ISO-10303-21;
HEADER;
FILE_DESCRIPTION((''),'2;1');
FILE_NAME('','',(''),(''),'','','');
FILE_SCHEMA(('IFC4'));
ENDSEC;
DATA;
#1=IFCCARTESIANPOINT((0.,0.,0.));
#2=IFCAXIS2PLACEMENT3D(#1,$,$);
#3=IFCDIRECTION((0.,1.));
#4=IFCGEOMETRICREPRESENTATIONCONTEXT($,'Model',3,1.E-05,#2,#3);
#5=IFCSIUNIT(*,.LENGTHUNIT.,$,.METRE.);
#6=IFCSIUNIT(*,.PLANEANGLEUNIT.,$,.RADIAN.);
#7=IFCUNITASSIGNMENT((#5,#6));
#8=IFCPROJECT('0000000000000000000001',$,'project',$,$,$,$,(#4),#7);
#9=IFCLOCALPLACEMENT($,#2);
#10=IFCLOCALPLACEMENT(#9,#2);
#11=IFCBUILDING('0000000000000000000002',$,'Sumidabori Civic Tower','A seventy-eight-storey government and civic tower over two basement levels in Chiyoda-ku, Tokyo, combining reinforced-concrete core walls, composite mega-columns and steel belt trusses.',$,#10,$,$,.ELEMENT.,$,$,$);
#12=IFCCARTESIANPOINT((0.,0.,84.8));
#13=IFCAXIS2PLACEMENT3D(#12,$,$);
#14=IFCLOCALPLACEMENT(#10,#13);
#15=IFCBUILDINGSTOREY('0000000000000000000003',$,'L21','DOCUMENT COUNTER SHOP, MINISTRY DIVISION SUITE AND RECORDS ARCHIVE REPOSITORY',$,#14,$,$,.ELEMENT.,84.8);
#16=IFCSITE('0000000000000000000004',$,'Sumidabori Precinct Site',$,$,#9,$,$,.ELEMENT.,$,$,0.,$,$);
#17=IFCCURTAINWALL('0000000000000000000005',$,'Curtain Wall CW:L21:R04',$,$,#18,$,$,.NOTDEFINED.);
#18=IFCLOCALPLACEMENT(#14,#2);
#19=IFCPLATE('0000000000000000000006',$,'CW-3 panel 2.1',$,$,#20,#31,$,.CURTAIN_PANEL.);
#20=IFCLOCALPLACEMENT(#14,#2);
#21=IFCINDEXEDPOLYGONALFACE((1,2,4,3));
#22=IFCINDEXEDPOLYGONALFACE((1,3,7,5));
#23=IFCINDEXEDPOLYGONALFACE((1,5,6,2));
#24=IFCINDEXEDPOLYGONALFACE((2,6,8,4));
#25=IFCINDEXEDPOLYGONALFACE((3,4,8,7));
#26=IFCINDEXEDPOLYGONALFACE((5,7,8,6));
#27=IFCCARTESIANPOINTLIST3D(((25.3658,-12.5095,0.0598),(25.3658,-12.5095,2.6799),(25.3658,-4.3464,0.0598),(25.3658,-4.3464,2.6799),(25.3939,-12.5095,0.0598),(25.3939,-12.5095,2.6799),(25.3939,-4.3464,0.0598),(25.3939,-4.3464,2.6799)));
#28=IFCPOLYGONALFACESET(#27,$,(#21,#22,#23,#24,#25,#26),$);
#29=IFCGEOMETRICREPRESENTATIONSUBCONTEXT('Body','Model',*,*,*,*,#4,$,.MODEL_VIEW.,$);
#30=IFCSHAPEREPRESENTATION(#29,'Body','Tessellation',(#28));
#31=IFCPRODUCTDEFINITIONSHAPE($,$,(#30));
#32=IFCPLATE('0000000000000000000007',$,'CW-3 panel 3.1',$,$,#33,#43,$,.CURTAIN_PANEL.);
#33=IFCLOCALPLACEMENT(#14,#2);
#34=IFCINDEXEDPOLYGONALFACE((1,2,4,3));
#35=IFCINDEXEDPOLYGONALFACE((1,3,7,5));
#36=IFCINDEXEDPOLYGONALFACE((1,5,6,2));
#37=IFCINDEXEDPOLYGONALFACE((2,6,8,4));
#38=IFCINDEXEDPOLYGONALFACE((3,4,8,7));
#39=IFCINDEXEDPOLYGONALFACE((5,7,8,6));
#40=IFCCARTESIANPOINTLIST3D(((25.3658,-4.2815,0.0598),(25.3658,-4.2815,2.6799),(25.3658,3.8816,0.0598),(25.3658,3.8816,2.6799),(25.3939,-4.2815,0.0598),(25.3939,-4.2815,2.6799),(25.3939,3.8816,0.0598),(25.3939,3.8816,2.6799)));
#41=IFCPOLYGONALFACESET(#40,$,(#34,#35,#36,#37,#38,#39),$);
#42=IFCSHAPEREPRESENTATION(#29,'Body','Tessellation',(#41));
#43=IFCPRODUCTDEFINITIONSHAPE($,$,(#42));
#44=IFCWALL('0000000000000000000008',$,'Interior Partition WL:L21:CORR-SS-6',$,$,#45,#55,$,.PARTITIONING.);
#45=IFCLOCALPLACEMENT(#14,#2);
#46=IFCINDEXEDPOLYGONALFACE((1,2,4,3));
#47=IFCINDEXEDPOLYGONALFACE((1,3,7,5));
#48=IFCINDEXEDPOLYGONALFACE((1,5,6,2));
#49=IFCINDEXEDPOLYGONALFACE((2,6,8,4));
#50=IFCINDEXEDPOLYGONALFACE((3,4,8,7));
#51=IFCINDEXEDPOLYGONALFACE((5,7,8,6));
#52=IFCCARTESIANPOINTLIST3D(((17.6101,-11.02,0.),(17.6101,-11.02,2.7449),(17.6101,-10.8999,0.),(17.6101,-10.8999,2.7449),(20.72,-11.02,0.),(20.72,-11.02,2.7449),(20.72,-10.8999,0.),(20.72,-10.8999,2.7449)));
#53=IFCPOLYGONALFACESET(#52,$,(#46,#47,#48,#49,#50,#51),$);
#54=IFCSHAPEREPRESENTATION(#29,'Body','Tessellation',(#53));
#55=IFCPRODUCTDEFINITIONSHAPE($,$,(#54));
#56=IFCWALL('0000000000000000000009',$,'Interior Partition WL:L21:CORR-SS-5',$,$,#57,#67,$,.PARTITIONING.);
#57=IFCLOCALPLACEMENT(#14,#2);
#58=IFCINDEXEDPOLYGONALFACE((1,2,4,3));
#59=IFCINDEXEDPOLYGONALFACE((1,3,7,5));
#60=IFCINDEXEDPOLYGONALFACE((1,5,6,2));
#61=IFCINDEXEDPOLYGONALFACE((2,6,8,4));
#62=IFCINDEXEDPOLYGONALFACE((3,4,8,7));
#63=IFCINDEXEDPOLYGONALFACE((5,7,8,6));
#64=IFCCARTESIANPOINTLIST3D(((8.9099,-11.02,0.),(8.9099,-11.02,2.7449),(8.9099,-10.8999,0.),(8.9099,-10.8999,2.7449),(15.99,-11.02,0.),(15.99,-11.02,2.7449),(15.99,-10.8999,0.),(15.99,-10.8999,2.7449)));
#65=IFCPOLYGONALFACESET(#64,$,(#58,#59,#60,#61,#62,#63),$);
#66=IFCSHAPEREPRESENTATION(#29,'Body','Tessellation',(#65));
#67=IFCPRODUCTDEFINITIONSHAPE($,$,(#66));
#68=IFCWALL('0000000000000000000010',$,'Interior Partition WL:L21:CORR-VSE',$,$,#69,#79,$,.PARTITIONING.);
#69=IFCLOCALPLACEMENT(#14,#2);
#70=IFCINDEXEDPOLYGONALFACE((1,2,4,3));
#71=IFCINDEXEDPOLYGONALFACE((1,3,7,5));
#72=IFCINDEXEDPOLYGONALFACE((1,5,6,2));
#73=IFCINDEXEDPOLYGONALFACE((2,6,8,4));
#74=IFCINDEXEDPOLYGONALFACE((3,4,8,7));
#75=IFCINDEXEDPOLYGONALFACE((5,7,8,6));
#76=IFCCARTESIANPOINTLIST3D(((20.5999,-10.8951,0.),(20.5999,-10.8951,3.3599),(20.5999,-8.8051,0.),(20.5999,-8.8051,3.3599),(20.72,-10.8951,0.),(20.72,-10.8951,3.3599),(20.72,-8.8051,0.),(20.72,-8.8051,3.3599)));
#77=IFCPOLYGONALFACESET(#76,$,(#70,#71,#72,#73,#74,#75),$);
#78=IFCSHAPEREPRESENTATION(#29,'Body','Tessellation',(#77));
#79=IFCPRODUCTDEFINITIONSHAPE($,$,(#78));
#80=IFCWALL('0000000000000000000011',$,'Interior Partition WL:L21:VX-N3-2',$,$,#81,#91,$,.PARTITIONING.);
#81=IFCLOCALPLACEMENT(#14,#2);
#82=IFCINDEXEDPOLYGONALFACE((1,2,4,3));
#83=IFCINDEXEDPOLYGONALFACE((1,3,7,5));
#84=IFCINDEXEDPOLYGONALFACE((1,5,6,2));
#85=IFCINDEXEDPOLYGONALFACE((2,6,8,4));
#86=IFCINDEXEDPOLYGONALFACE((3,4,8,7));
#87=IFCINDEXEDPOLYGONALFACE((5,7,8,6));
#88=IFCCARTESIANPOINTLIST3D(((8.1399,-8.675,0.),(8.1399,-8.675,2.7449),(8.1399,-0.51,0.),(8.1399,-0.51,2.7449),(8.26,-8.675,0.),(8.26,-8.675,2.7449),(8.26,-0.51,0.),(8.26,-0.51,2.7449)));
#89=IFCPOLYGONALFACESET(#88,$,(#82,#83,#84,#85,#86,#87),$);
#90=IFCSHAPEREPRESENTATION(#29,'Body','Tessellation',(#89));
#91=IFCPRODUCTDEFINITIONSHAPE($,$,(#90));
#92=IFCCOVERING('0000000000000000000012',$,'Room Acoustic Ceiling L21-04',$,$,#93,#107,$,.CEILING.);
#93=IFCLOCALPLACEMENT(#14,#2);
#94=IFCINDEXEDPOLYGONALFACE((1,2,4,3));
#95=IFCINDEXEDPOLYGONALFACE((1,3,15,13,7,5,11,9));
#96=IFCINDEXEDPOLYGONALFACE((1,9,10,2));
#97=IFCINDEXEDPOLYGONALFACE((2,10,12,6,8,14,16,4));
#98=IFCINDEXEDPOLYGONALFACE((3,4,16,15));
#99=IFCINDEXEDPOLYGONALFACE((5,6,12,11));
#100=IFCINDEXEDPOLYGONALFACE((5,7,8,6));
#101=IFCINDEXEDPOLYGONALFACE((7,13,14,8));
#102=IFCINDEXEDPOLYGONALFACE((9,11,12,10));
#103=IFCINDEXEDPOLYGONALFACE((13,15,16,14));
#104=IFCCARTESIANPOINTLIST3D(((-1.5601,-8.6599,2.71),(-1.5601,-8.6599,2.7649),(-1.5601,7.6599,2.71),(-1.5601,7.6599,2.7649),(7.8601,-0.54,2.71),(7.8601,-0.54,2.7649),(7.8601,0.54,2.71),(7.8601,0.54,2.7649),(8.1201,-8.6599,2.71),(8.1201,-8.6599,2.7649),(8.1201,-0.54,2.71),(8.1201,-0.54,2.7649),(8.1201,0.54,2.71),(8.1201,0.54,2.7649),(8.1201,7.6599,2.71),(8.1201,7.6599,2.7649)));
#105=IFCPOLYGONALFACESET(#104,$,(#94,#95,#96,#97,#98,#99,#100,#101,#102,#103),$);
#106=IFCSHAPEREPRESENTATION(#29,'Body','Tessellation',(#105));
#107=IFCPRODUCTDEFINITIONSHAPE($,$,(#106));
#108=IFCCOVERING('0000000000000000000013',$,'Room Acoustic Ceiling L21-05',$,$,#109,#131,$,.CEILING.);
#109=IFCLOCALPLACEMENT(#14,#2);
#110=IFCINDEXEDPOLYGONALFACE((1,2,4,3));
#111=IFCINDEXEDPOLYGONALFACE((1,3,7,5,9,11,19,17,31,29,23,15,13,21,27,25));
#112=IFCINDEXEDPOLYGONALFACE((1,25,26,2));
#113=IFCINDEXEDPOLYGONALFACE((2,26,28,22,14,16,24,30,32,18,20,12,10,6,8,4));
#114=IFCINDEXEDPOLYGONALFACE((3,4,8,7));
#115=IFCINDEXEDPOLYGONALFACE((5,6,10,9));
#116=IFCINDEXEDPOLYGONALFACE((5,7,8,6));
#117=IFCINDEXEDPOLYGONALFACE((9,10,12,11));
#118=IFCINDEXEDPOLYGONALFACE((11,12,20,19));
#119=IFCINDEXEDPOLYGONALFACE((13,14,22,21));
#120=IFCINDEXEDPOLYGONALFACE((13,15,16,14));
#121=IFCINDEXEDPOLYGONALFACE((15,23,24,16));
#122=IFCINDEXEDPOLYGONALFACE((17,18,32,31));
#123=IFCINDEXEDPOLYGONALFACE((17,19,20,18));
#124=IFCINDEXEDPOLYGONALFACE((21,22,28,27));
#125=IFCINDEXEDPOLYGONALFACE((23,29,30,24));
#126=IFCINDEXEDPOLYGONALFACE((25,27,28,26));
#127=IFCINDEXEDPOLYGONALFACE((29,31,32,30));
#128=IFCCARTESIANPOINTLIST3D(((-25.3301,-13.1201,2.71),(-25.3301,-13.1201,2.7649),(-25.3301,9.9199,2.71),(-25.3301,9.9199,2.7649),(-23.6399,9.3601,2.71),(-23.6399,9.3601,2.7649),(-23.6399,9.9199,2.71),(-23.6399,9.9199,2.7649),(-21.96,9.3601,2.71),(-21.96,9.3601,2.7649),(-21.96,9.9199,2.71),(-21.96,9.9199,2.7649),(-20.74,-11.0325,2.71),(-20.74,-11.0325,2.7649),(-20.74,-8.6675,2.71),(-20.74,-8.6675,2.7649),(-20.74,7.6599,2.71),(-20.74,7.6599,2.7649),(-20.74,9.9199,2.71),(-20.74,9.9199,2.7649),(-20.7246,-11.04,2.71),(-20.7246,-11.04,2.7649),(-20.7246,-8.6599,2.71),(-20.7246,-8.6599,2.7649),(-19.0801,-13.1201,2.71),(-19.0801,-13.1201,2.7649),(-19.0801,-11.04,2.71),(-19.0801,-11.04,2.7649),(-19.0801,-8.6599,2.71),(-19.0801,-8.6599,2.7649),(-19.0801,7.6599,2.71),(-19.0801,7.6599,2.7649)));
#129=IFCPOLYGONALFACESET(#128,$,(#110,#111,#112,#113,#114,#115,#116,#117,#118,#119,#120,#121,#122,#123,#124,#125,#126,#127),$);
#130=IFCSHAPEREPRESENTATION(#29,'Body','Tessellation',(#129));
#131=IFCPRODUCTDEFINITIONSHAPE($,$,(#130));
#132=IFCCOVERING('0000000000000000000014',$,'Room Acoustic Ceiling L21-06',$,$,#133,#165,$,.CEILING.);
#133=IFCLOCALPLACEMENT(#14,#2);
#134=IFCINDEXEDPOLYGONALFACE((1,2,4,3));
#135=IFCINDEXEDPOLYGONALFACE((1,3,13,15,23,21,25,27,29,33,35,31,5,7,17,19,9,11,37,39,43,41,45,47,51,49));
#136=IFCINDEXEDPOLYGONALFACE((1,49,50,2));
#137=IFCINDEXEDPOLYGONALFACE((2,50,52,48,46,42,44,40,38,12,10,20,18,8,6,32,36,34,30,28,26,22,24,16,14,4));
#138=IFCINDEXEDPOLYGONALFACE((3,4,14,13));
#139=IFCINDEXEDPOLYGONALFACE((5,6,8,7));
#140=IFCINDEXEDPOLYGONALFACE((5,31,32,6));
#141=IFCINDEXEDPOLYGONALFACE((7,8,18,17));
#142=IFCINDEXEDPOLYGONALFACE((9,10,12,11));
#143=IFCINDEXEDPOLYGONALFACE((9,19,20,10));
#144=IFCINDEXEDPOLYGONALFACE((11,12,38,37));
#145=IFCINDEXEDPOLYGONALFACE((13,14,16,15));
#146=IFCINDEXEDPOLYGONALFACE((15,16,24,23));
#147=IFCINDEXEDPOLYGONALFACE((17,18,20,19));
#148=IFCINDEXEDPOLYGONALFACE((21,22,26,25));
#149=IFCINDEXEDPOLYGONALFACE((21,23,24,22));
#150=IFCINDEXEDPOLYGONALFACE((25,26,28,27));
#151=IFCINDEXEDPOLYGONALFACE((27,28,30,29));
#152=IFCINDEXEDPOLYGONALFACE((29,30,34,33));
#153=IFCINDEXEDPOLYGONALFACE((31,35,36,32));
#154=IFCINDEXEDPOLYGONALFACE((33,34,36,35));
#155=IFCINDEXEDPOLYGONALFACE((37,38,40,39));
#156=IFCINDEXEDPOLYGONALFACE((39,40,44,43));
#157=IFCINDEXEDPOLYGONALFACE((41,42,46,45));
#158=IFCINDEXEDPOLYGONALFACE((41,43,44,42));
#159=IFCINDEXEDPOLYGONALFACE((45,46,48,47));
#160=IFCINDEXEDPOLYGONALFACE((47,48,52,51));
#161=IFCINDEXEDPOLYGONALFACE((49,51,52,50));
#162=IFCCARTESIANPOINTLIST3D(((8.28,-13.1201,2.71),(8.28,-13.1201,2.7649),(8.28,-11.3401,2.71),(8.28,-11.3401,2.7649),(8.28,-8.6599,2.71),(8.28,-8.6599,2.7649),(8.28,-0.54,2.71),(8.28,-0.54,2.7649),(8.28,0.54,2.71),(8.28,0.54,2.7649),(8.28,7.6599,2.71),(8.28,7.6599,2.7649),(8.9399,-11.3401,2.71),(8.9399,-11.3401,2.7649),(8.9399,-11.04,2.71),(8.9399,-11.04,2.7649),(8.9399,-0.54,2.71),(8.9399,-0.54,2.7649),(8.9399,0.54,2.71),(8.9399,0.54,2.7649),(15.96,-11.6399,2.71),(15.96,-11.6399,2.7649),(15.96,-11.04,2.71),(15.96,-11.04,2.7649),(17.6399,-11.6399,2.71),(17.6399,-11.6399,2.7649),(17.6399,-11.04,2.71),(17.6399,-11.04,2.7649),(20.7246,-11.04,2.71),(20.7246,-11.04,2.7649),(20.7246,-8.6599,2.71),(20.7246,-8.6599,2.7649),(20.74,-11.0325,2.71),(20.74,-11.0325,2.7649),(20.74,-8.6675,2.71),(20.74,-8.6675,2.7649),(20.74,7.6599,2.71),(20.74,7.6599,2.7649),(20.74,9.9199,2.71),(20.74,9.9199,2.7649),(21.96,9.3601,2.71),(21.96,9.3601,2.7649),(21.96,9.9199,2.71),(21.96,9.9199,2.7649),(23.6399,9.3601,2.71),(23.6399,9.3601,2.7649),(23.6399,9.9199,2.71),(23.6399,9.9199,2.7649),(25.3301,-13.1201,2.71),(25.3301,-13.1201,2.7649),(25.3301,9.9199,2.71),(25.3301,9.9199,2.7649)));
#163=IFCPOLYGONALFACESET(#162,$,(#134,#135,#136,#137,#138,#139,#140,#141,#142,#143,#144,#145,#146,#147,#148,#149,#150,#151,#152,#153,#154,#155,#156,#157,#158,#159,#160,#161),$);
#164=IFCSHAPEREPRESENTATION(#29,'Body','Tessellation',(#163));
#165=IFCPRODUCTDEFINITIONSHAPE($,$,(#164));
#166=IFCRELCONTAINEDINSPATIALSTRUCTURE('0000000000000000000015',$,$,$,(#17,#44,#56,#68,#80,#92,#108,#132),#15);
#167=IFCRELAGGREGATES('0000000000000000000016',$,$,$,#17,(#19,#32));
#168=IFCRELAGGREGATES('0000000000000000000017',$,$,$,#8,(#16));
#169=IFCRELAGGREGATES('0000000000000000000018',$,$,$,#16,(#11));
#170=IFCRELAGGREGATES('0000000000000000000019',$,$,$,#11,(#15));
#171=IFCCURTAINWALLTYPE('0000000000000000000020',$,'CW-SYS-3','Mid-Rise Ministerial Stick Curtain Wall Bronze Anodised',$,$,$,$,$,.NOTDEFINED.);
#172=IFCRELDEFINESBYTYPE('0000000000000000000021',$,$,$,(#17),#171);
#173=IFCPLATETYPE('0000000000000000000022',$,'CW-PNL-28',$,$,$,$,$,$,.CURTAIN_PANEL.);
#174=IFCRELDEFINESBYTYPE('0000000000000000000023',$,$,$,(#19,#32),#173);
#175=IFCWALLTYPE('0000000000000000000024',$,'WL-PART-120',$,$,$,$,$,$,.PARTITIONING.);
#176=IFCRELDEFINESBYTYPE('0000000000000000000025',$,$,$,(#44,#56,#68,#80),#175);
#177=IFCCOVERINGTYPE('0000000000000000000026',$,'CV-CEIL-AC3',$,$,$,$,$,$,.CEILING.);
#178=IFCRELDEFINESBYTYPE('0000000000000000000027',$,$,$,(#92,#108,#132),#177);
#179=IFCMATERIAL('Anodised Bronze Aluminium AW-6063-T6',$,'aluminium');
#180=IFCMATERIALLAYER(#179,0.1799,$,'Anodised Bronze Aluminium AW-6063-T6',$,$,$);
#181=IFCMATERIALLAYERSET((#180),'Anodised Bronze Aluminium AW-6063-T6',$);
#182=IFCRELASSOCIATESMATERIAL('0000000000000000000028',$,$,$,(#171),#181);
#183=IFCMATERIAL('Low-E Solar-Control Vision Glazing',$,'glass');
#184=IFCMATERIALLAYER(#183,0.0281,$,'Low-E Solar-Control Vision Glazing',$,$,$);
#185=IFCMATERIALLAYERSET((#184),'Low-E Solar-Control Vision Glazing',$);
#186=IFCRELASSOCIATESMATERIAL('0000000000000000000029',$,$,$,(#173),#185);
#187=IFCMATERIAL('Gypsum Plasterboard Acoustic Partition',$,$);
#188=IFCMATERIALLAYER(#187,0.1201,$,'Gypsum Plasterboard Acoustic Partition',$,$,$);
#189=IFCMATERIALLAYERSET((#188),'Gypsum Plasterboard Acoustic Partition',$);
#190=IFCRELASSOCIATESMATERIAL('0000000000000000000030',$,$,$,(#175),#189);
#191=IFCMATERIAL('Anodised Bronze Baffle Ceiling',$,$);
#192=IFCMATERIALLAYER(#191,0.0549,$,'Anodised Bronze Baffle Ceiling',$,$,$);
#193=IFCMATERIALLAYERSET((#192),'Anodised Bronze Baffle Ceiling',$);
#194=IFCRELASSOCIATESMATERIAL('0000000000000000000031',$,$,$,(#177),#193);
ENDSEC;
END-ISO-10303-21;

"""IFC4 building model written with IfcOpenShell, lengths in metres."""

from ifc_helpers import new_model, si_unit, direction, frame, frame_2d, origin, origin_2d, place, context, subcontext, project, spatial, polyline, rectangle, outline, extrude, source, transform, mapped, material, layer, layer_set, type_object, element, aggregate, save


model = new_model("IFC4")

# Units and contexts
model_context = context("Model", 3, precision=1e-05, world=origin(), true_north=direction((0.0, 1.0)))
body_context = subcontext(model_context, "Body", "Model", "MODEL_VIEW")
ifc_project = project(units=[si_unit("LENGTHUNIT", "METRE"), si_unit("PLANEANGLEUNIT", "RADIAN")], contexts=[model_context])

# Site, building, storey
site_placement = place(None, origin())
site = spatial("IfcSite", under=ifc_project, at=site_placement, Name="Sumidabori Precinct Site", CompositionType="ELEMENT", RefElevation=0.0)
building_placement = place(site_placement, origin())
building = spatial("IfcBuilding", under=site, at=building_placement, Name="Sumidabori Civic Tower", Description="A seventy-eight-storey government and civic tower over two basement levels in Chiyoda-ku, Tokyo, combining reinforced-concrete core walls, composite mega-columns and steel belt trusses.", CompositionType="ELEMENT")
storey_placement = place(building_placement, frame((0.0, 0.0, 84.8)))
storey = spatial("IfcBuildingStorey", under=building, at=storey_placement, Name="L21", Description="DOCUMENT COUNTER SHOP, MINISTRY DIVISION SUITE AND RECORDS ARCHIVE REPOSITORY", CompositionType="ELEMENT", Elevation=84.8)

# Curtain wall, plates
ifc_material_1 = material(Name="Anodised Bronze Aluminium AW-6063-T6", Category="aluminium")
ifc_layer_1 = layer(ifc_material_1, 0.1799, Name="Anodised Bronze Aluminium AW-6063-T6")
ifc_layer_set_1 = layer_set([ifc_layer_1], Name="Anodised Bronze Aluminium AW-6063-T6")
curtain_wall_type = type_object("IfcCurtainWallType", Name="CW-SYS-3", Description="Mid-Rise Ministerial Stick Curtain Wall Bronze Anodised", PredefinedType="NOTDEFINED", material=ifc_layer_set_1)
curtain_wall_placement = place(storey_placement, origin())
curtain_wall = element("IfcCurtainWall", 1, at=curtain_wall_placement, inside=storey, type_object=curtain_wall_type, Name="Curtain Wall CW:L21:R04", PredefinedType="NOTDEFINED")
ifc_material_2 = material(Name="Low-E Solar-Control Vision Glazing", Category="glass")
ifc_layer_2 = layer(ifc_material_2, 0.0281, Name="Low-E Solar-Control Vision Glazing")
ifc_layer_set_2 = layer_set([ifc_layer_2], Name="Low-E Solar-Control Vision Glazing")
plate_type = type_object("IfcPlateType", Name="CW-PNL-28", PredefinedType="CURTAIN_PANEL", material=ifc_layer_set_2)
shared_shape_1 = source(origin(), body_context, "Body", "SweptSolid", [
    extrude(rectangle(XDim=8.1631, YDim=0.0281, at=origin_2d()), origin(), (0.0, 0.0, 1.0), 2.6201),
])
plate_1_placement = place(storey_placement, frame((25.3799, -8.428, 0.0598), z_axis=(0.0, 0.0, 1.0), x_axis=(0.0, 1.0, 0.0)))
plate_1 = element("IfcPlate", 2, at=plate_1_placement, type_object=plate_type, Name="CW-3 panel 2.1", PredefinedType="CURTAIN_PANEL", context=body_context, shape_type="MappedRepresentation", body=[
    mapped(shared_shape_1, transform((0.0, 0.0, 0.0), x_axis=(1.0, 0.0, 0.0), y_axis=(0.0, 1.0, 0.0), z_axis=(0.0, 0.0, 1.0), scale=1.0)),
])
plate_2_placement = place(storey_placement, frame((25.3799, -0.2, 0.0598), z_axis=(0.0, 0.0, 1.0), x_axis=(0.0, 1.0, 0.0)))
plate_2 = element("IfcPlate", 3, at=plate_2_placement, type_object=plate_type, Name="CW-3 panel 3.1", PredefinedType="CURTAIN_PANEL", context=body_context, shape_type="MappedRepresentation", body=[
    mapped(shared_shape_1, transform((0.0, 0.0, 0.0), x_axis=(1.0, 0.0, 0.0), y_axis=(0.0, 1.0, 0.0), z_axis=(0.0, 0.0, 1.0), scale=1.0)),
])
aggregate(curtain_wall, [plate_1, plate_2])

# Walls
ifc_material_3 = material(Name="Gypsum Plasterboard Acoustic Partition")
ifc_layer_3 = layer(ifc_material_3, 0.1201, Name="Gypsum Plasterboard Acoustic Partition")
ifc_layer_set_3 = layer_set([ifc_layer_3], Name="Gypsum Plasterboard Acoustic Partition")
wall_type = type_object("IfcWallType", Name="WL-PART-120", PredefinedType="PARTITIONING", material=ifc_layer_set_3)
shared_shape_2 = source(origin(), body_context, "Body", "SweptSolid", [
    extrude(rectangle(XDim=3.1099, YDim=0.1201, at=frame_2d((1.5549, 0.0))), origin(), (0.0, 0.0, 1.0), 2.7449),
])
wall_1_placement = place(storey_placement, frame((17.6101, -10.96, 0.0), z_axis=(0.0, 0.0, 1.0), x_axis=(1.0, 0.0, 0.0)))
element("IfcWall", 4, at=wall_1_placement, inside=storey, type_object=wall_type, Name="Interior Partition WL:L21:CORR-SS-6", PredefinedType="PARTITIONING", context=body_context, shape_type="MappedRepresentation", body=[
    mapped(shared_shape_2, transform((0.0, 0.0, 0.0), x_axis=(1.0, 0.0, 0.0), y_axis=(0.0, 1.0, 0.0), z_axis=(0.0, 0.0, 1.0), scale=1.0)),
])
shared_shape_3 = source(origin(), body_context, "Body", "SweptSolid", [
    extrude(rectangle(XDim=7.0801, YDim=0.1201, at=frame_2d((3.54, 0.0))), origin(), (0.0, 0.0, 1.0), 2.7449),
])
wall_2_placement = place(storey_placement, frame((8.9099, -10.96, 0.0), z_axis=(0.0, 0.0, 1.0), x_axis=(1.0, 0.0, 0.0)))
element("IfcWall", 5, at=wall_2_placement, inside=storey, type_object=wall_type, Name="Interior Partition WL:L21:CORR-SS-5", PredefinedType="PARTITIONING", context=body_context, shape_type="MappedRepresentation", body=[
    mapped(shared_shape_3, transform((0.0, 0.0, 0.0), x_axis=(1.0, 0.0, 0.0), y_axis=(0.0, 1.0, 0.0), z_axis=(0.0, 0.0, 1.0), scale=1.0)),
])
shared_shape_4 = source(origin(), body_context, "Body", "SweptSolid", [
    extrude(rectangle(XDim=2.0901, YDim=0.1201, at=frame_2d((1.0449, 0.0))), origin(), (0.0, 0.0, 1.0), 3.3599),
])
wall_3_placement = place(storey_placement, frame((20.6599, -10.895, 0.0), z_axis=(0.0, 0.0, 1.0), x_axis=(0.0, 1.0, 0.0)))
element("IfcWall", 6, at=wall_3_placement, inside=storey, type_object=wall_type, Name="Interior Partition WL:L21:CORR-VSE", PredefinedType="PARTITIONING", context=body_context, shape_type="MappedRepresentation", body=[
    mapped(shared_shape_4, transform((0.0, 0.0, 0.0), x_axis=(1.0, 0.0, 0.0), y_axis=(0.0, 1.0, 0.0), z_axis=(0.0, 0.0, 1.0), scale=1.0)),
])
shared_shape_5 = source(origin(), body_context, "Body", "SweptSolid", [
    extrude(rectangle(XDim=8.165, YDim=0.1201, at=frame_2d((4.0825, 0.0))), origin(), (0.0, 0.0, 1.0), 2.7449),
])
wall_4_placement = place(storey_placement, frame((8.2, -8.675, 0.0), z_axis=(0.0, 0.0, 1.0), x_axis=(0.0, 1.0, 0.0)))
element("IfcWall", 7, at=wall_4_placement, inside=storey, type_object=wall_type, Name="Interior Partition WL:L21:VX-N3-2", PredefinedType="PARTITIONING", context=body_context, shape_type="MappedRepresentation", body=[
    mapped(shared_shape_5, transform((0.0, 0.0, 0.0), x_axis=(1.0, 0.0, 0.0), y_axis=(0.0, 1.0, 0.0), z_axis=(0.0, 0.0, 1.0), scale=1.0)),
])

# Coverings
ifc_material_4 = material(Name="Anodised Bronze Baffle Ceiling")
ifc_layer_4 = layer(ifc_material_4, 0.0549, Name="Anodised Bronze Baffle Ceiling")
ifc_layer_set_4 = layer_set([ifc_layer_4], Name="Anodised Bronze Baffle Ceiling")
covering_type_1 = type_object("IfcCoveringType", Name="CV-CEIL-AC3", PredefinedType="CEILING", material=ifc_layer_set_4)
covering_1_placement = place(storey_placement, frame((0.0, 0.0, 2.71)))
element("IfcCovering", 8, at=covering_1_placement, inside=storey, type_object=covering_type_1, Name="Room Acoustic Ceiling L21-04", PredefinedType="CEILING", context=body_context, shape_type="SweptSolid", body=[
    extrude(outline(polyline([(-1.5601, -8.6599), (-1.5601, 7.6599), (8.1201, 7.6599), (8.1201, 0.54), (7.8601, 0.54), (7.8601, -0.54), (8.1201, -0.54), (8.1201, -8.6599), (-1.5601, -8.6599)])), origin(), (0.0, 0.0, 1.0), 0.0549),
])
covering_2_placement = place(storey_placement, frame((0.0, 0.0, 2.71)))
element("IfcCovering", 9, at=covering_2_placement, inside=storey, type_object=covering_type_1, Name="Room Acoustic Ceiling L21-05", PredefinedType="CEILING", context=body_context, shape_type="SweptSolid", body=[
    extrude(outline(polyline([(-25.3301, -13.1201), (-25.3301, 9.9199), (-23.6399, 9.9199), (-23.6399, 9.3601), (-21.96, 9.3601), (-21.96, 9.9199), (-20.74, 9.9199), (-20.74, 7.6599), (-19.0801, 7.6599), (-19.0801, -8.6599), (-20.7246, -8.6599), (-20.74, -8.6675), (-20.74, -11.0325), (-20.7246, -11.04), (-19.0801, -11.04), (-19.0801, -13.1201), (-25.3301, -13.1201)])), origin(), (0.0, 0.0, 1.0), 0.0549),
])
covering_3_placement = place(storey_placement, frame((0.0, 0.0, 2.71)))
element("IfcCovering", 10, at=covering_3_placement, inside=storey, type_object=covering_type_1, Name="Room Acoustic Ceiling L21-06", PredefinedType="CEILING", context=body_context, shape_type="SweptSolid", body=[
    extrude(outline(polyline([(8.28, -11.3401), (8.9399, -11.3401), (8.9399, -11.04), (15.96, -11.04), (15.96, -11.6399), (17.6399, -11.6399), (17.6399, -11.04), (20.7246, -11.04), (20.74, -11.0325), (20.74, -8.6675), (20.7246, -8.6599), (8.28, -8.6599), (8.28, -0.54), (8.9399, -0.54), (8.9399, 0.54), (8.28, 0.54), (8.28, 7.6599), (20.74, 7.6599), (20.74, 9.9199), (21.96, 9.9199), (21.96, 9.3601), (23.6399, 9.3601), (23.6399, 9.9199), (25.3301, 9.9199), (25.3301, -13.1201), (8.28, -13.1201), (8.28, -11.3401)])), origin(), (0.0, 0.0, 1.0), 0.0549),
])

save(model, "model.ifc")
